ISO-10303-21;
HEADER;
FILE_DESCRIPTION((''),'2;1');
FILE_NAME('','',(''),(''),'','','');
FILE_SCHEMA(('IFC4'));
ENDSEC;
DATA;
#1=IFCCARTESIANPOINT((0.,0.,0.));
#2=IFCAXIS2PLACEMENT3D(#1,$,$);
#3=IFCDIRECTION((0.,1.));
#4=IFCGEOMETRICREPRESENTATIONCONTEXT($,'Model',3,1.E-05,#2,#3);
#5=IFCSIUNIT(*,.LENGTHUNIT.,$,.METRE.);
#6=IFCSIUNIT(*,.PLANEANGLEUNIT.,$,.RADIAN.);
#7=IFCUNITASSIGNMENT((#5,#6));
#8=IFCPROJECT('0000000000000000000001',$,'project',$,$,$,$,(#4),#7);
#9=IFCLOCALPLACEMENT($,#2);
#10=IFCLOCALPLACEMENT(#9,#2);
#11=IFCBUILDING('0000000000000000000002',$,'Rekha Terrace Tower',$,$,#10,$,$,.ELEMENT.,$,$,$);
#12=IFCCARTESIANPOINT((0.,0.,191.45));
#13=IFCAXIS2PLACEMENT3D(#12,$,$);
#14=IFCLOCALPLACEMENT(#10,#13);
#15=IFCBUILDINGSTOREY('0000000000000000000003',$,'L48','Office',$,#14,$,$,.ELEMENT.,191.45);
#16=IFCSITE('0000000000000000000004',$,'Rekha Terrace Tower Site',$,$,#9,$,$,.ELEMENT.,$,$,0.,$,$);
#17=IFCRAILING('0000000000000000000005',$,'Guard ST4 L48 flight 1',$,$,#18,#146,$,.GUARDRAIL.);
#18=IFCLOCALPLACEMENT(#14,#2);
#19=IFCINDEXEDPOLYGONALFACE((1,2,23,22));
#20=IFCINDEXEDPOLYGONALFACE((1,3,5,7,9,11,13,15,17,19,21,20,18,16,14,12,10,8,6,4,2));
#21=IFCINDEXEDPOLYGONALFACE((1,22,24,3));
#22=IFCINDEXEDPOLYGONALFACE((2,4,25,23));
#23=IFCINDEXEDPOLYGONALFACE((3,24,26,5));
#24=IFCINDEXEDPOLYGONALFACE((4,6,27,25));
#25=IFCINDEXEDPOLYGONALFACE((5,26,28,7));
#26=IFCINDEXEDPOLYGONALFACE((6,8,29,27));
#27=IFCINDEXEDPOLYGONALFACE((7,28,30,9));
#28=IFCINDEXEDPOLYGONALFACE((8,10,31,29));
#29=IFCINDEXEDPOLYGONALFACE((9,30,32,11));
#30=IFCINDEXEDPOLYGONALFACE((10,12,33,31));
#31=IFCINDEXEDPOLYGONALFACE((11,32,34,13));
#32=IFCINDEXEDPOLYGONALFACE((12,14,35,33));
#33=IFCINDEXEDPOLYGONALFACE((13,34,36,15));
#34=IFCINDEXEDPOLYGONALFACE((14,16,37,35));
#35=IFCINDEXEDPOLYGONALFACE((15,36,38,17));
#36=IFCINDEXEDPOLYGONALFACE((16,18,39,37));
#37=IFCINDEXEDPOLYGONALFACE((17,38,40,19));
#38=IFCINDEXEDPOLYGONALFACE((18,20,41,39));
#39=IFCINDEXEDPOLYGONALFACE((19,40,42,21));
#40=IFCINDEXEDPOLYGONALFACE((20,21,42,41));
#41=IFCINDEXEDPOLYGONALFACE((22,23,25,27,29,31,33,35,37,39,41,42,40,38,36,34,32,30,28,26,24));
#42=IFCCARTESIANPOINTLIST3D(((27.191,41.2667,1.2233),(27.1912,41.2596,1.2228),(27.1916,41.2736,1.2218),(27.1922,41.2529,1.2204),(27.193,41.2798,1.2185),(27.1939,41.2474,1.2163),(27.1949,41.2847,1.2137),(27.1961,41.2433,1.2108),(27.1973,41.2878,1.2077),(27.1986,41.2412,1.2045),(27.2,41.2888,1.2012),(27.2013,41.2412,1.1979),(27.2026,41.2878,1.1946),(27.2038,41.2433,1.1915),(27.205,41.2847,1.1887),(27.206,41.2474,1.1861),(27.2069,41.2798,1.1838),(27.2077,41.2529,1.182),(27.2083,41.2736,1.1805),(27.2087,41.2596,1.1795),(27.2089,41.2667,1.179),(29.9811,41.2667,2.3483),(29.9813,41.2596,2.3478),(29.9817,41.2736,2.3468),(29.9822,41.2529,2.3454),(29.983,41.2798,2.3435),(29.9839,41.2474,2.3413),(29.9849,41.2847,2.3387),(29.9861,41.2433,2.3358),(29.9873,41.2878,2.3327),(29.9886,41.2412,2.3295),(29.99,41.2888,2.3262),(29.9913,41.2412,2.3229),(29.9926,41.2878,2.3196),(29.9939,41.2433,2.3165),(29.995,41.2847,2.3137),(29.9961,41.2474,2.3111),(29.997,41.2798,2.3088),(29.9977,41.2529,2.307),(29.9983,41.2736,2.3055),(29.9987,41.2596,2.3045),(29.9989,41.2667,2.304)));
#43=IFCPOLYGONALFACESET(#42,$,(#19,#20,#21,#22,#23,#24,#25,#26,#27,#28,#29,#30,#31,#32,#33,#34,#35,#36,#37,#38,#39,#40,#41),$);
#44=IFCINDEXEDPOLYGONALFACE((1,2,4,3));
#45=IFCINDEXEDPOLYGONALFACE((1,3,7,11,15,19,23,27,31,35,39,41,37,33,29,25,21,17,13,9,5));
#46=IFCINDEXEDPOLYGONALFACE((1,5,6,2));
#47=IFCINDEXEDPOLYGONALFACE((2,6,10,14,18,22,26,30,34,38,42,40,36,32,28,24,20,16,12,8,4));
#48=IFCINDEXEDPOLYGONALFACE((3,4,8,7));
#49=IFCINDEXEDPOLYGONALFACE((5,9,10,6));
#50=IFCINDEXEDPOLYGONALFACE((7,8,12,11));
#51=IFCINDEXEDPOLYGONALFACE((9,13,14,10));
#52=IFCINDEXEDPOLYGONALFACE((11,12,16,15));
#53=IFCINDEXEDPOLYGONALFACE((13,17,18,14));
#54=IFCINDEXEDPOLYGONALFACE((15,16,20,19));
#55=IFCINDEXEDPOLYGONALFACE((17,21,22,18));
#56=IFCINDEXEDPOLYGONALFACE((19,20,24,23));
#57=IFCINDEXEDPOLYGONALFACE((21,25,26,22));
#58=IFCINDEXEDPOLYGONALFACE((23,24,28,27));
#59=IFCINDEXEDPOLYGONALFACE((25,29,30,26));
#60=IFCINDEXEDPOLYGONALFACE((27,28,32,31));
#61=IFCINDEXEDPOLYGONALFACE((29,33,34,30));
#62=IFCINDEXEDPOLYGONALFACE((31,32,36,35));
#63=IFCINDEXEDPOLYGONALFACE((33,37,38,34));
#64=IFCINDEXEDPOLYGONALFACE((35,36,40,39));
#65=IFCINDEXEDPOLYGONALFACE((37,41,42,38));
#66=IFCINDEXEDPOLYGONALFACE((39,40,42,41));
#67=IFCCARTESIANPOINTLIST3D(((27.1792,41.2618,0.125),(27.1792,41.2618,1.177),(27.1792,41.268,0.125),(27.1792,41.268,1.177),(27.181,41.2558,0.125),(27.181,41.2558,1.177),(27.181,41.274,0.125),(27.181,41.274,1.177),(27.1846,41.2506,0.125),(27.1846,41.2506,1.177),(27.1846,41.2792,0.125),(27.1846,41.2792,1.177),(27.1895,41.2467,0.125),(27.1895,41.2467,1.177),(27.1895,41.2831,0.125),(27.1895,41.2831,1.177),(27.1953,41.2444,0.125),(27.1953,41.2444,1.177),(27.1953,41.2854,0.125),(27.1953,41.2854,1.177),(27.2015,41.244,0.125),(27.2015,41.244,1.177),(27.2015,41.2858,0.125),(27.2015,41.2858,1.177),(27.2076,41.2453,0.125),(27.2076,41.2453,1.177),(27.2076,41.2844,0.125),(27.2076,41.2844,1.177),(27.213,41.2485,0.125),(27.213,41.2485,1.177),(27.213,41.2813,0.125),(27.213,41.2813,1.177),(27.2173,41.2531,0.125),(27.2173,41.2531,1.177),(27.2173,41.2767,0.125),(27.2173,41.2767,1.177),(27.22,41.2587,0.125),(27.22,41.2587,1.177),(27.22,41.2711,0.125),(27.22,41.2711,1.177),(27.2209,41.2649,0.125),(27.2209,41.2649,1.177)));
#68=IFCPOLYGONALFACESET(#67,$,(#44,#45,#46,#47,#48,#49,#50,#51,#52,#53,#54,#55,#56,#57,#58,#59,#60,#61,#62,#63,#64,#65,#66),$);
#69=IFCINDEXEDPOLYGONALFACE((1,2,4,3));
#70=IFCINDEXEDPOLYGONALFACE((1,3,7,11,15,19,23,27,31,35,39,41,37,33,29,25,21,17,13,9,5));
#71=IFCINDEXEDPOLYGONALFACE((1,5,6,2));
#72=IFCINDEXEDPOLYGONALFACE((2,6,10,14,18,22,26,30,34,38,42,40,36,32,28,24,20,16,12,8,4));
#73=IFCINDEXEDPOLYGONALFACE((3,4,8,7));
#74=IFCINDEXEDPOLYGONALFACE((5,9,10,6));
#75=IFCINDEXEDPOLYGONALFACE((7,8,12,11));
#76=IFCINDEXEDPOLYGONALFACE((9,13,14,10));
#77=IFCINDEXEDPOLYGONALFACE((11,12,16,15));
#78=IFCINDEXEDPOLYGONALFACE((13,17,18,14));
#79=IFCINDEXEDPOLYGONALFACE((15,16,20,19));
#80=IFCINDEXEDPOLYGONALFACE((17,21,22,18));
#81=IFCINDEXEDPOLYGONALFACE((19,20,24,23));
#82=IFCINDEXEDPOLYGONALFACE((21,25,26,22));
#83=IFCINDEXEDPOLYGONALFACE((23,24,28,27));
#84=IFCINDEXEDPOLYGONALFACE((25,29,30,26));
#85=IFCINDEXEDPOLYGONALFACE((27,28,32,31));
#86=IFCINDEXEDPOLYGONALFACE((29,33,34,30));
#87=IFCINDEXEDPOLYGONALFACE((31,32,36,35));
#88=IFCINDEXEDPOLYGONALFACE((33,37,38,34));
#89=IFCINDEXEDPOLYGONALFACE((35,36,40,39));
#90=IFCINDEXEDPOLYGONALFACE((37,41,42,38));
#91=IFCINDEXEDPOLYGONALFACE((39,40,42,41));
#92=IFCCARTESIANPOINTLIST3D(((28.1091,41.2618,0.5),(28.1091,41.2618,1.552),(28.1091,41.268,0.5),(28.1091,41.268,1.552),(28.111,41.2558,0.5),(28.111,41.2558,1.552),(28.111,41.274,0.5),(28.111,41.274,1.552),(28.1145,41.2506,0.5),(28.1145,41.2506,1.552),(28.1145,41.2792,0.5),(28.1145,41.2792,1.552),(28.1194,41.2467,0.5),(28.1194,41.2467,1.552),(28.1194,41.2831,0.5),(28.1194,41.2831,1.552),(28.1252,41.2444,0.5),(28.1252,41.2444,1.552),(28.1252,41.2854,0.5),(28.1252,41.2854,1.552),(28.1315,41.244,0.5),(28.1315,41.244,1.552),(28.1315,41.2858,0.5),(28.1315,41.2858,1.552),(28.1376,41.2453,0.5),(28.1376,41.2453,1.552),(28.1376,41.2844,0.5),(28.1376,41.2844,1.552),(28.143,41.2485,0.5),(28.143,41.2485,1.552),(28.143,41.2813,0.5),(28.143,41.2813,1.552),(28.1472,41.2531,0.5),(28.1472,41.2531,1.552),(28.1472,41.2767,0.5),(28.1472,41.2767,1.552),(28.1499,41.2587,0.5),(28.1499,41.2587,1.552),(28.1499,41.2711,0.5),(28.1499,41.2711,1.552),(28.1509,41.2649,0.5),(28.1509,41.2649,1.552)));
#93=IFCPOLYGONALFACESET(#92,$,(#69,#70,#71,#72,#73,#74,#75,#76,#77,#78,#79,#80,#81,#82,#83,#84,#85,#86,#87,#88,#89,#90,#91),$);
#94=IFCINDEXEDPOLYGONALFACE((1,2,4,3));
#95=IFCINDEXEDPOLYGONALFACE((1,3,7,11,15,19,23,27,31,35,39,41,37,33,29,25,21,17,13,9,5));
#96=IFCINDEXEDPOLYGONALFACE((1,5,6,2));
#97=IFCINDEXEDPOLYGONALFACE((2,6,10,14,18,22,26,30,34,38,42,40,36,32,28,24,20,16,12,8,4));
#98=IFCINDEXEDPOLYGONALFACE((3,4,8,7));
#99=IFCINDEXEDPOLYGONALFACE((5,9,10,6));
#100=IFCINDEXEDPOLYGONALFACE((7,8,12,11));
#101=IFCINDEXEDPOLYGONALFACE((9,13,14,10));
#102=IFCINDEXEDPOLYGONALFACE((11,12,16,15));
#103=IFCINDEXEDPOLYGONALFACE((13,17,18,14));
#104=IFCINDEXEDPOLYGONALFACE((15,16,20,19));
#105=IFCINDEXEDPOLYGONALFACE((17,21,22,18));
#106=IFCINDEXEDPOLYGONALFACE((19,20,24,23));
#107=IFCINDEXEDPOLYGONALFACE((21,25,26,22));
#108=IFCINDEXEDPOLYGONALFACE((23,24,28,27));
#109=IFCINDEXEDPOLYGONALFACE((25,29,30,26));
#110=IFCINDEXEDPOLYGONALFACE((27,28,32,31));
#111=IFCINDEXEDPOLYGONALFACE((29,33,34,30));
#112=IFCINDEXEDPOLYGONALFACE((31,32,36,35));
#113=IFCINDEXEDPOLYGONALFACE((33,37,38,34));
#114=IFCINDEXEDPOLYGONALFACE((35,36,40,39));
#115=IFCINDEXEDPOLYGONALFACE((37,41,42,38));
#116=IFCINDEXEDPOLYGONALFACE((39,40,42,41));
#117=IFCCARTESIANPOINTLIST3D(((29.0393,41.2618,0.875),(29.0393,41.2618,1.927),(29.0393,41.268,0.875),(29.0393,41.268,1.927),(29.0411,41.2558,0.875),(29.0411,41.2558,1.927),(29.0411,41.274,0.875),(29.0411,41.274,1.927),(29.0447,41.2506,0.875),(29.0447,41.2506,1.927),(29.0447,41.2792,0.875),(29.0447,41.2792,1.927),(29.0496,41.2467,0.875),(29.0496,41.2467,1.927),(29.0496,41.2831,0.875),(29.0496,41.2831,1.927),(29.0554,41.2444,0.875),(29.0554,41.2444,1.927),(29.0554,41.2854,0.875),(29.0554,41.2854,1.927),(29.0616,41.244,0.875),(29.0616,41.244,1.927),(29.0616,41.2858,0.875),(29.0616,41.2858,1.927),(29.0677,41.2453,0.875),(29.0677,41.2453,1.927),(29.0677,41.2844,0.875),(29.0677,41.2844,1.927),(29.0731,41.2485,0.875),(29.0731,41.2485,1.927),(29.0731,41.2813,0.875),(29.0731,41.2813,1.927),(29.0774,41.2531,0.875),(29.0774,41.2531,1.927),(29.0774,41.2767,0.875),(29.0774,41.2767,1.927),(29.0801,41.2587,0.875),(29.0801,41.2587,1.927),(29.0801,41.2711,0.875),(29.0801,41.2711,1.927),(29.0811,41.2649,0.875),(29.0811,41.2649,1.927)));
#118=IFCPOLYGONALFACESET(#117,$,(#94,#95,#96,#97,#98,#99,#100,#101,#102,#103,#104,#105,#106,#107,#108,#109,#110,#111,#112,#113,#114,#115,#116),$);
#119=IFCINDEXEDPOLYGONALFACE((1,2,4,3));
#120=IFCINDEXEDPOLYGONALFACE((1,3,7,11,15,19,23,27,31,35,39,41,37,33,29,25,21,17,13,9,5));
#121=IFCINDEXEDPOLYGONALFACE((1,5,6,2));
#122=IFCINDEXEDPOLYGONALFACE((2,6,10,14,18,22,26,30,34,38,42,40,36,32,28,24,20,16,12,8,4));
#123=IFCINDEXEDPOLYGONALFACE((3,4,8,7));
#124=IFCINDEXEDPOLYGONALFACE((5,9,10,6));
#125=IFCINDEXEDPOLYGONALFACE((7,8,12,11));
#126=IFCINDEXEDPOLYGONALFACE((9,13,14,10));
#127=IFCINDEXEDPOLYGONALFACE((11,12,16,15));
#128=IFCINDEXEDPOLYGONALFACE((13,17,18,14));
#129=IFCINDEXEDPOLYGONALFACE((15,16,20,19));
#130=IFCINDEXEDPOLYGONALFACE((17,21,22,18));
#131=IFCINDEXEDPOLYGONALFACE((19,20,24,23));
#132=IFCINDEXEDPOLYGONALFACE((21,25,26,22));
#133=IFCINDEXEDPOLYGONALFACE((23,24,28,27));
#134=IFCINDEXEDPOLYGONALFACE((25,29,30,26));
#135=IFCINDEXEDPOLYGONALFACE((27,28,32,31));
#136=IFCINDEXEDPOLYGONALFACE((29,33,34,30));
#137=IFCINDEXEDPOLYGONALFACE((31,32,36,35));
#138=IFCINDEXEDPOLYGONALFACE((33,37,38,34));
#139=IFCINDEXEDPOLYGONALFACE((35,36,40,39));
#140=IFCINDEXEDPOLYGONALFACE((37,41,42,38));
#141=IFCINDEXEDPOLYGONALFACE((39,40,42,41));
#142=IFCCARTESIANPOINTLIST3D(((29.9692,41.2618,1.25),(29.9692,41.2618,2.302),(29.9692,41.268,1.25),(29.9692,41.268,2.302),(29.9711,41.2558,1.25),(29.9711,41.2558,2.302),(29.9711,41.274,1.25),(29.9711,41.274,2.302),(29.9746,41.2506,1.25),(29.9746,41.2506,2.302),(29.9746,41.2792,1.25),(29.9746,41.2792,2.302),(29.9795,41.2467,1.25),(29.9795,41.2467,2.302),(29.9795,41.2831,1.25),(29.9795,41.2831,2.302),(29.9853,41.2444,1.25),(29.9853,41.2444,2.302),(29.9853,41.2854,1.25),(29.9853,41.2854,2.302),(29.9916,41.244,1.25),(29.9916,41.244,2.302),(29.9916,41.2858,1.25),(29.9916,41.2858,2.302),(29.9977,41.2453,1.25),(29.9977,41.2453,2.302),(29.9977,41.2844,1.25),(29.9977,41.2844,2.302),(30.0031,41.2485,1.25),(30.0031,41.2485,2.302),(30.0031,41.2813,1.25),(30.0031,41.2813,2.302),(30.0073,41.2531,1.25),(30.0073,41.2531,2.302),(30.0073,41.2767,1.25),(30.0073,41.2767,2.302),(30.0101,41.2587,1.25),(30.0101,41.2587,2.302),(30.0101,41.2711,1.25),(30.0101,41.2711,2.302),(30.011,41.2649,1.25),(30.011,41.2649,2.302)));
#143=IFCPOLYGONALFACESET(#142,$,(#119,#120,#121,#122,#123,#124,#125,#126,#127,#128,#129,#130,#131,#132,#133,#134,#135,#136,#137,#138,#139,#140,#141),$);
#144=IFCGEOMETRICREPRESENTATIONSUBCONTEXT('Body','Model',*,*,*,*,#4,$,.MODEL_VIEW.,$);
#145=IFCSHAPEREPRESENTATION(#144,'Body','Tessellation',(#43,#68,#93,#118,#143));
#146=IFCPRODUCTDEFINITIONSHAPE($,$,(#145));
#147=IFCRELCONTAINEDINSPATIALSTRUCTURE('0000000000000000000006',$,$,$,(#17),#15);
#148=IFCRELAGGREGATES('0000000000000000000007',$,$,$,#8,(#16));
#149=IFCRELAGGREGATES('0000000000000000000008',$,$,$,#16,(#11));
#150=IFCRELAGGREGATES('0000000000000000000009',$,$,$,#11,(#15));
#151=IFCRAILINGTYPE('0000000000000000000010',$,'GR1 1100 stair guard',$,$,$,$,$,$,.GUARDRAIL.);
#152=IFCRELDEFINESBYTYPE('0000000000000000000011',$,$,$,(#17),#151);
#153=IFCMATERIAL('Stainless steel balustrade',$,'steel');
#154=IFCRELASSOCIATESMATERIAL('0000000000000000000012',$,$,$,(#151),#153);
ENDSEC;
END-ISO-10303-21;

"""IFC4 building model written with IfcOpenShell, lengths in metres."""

from ifc_helpers import new_model, si_unit, direction, frame, origin, origin_2d, place, context, subcontext, project, spatial, circle, extrude, material, type_object, element, save


model = new_model("IFC4")

# Units and contexts
model_context = context("Model", 3, precision=1e-05, world=origin(), true_north=direction((0.0, 1.0)))
body_context = subcontext(model_context, "Body", "Model", "MODEL_VIEW")
ifc_project = project(units=[si_unit("LENGTHUNIT", "METRE"), si_unit("PLANEANGLEUNIT", "RADIAN")], contexts=[model_context])

# Site, building, storey
site_placement = place(None, origin())
site = spatial("IfcSite", under=ifc_project, at=site_placement, Name="Rekha Terrace Tower Site", CompositionType="ELEMENT", RefElevation=0.0)
building_placement = place(site_placement, origin())
building = spatial("IfcBuilding", under=site, at=building_placement, Name="Rekha Terrace Tower", CompositionType="ELEMENT")
storey_placement = place(building_placement, frame((0.0, 0.0, 191.45)))
storey = spatial("IfcBuildingStorey", under=building, at=storey_placement, Name="L48", Description="Office", CompositionType="ELEMENT", Elevation=191.45)

# Railing
ifc_material_1 = material(Name="Stainless steel balustrade", Category="steel")
railing_type_1 = type_object("IfcRailingType", Name="GR1 1100 stair guard", PredefinedType="GUARDRAIL", material=ifc_material_1)
railing_1_placement = place(storey_placement, frame((27.2, 41.2649, 0.125)))
element("IfcRailing", 1, at=railing_1_placement, inside=storey, type_object=railing_type_1, Name="Guard ST4 L48 flight 1", PredefinedType="GUARDRAIL", context=body_context, shape_type="SweptSolid", body=[
    extrude(circle(Radius=0.0239, at=origin_2d()), frame((0.0, 0.0, 1.0762), z_axis=(0.927443, 0.0, 0.373964), x_axis=(0.0, 1.0, 0.0)), (0.0, 0.0, 1.0), 3.0083),
    extrude(circle(Radius=0.021, at=origin_2d()), origin(), (0.0, 0.0, 1.0), 1.052),
    extrude(circle(Radius=0.021, at=origin_2d()), frame((0.9299, 0.0, 0.375)), (0.0, 0.0, 1.0), 1.052),
    extrude(circle(Radius=0.021, at=origin_2d()), frame((1.8601, 0.0, 0.75)), (0.0, 0.0, 1.0), 1.052),
    extrude(circle(Radius=0.021, at=origin_2d()), frame((2.79, 0.0, 1.125)), (0.0, 0.0, 1.0), 1.052),
])

save(model, "model.ifc")
